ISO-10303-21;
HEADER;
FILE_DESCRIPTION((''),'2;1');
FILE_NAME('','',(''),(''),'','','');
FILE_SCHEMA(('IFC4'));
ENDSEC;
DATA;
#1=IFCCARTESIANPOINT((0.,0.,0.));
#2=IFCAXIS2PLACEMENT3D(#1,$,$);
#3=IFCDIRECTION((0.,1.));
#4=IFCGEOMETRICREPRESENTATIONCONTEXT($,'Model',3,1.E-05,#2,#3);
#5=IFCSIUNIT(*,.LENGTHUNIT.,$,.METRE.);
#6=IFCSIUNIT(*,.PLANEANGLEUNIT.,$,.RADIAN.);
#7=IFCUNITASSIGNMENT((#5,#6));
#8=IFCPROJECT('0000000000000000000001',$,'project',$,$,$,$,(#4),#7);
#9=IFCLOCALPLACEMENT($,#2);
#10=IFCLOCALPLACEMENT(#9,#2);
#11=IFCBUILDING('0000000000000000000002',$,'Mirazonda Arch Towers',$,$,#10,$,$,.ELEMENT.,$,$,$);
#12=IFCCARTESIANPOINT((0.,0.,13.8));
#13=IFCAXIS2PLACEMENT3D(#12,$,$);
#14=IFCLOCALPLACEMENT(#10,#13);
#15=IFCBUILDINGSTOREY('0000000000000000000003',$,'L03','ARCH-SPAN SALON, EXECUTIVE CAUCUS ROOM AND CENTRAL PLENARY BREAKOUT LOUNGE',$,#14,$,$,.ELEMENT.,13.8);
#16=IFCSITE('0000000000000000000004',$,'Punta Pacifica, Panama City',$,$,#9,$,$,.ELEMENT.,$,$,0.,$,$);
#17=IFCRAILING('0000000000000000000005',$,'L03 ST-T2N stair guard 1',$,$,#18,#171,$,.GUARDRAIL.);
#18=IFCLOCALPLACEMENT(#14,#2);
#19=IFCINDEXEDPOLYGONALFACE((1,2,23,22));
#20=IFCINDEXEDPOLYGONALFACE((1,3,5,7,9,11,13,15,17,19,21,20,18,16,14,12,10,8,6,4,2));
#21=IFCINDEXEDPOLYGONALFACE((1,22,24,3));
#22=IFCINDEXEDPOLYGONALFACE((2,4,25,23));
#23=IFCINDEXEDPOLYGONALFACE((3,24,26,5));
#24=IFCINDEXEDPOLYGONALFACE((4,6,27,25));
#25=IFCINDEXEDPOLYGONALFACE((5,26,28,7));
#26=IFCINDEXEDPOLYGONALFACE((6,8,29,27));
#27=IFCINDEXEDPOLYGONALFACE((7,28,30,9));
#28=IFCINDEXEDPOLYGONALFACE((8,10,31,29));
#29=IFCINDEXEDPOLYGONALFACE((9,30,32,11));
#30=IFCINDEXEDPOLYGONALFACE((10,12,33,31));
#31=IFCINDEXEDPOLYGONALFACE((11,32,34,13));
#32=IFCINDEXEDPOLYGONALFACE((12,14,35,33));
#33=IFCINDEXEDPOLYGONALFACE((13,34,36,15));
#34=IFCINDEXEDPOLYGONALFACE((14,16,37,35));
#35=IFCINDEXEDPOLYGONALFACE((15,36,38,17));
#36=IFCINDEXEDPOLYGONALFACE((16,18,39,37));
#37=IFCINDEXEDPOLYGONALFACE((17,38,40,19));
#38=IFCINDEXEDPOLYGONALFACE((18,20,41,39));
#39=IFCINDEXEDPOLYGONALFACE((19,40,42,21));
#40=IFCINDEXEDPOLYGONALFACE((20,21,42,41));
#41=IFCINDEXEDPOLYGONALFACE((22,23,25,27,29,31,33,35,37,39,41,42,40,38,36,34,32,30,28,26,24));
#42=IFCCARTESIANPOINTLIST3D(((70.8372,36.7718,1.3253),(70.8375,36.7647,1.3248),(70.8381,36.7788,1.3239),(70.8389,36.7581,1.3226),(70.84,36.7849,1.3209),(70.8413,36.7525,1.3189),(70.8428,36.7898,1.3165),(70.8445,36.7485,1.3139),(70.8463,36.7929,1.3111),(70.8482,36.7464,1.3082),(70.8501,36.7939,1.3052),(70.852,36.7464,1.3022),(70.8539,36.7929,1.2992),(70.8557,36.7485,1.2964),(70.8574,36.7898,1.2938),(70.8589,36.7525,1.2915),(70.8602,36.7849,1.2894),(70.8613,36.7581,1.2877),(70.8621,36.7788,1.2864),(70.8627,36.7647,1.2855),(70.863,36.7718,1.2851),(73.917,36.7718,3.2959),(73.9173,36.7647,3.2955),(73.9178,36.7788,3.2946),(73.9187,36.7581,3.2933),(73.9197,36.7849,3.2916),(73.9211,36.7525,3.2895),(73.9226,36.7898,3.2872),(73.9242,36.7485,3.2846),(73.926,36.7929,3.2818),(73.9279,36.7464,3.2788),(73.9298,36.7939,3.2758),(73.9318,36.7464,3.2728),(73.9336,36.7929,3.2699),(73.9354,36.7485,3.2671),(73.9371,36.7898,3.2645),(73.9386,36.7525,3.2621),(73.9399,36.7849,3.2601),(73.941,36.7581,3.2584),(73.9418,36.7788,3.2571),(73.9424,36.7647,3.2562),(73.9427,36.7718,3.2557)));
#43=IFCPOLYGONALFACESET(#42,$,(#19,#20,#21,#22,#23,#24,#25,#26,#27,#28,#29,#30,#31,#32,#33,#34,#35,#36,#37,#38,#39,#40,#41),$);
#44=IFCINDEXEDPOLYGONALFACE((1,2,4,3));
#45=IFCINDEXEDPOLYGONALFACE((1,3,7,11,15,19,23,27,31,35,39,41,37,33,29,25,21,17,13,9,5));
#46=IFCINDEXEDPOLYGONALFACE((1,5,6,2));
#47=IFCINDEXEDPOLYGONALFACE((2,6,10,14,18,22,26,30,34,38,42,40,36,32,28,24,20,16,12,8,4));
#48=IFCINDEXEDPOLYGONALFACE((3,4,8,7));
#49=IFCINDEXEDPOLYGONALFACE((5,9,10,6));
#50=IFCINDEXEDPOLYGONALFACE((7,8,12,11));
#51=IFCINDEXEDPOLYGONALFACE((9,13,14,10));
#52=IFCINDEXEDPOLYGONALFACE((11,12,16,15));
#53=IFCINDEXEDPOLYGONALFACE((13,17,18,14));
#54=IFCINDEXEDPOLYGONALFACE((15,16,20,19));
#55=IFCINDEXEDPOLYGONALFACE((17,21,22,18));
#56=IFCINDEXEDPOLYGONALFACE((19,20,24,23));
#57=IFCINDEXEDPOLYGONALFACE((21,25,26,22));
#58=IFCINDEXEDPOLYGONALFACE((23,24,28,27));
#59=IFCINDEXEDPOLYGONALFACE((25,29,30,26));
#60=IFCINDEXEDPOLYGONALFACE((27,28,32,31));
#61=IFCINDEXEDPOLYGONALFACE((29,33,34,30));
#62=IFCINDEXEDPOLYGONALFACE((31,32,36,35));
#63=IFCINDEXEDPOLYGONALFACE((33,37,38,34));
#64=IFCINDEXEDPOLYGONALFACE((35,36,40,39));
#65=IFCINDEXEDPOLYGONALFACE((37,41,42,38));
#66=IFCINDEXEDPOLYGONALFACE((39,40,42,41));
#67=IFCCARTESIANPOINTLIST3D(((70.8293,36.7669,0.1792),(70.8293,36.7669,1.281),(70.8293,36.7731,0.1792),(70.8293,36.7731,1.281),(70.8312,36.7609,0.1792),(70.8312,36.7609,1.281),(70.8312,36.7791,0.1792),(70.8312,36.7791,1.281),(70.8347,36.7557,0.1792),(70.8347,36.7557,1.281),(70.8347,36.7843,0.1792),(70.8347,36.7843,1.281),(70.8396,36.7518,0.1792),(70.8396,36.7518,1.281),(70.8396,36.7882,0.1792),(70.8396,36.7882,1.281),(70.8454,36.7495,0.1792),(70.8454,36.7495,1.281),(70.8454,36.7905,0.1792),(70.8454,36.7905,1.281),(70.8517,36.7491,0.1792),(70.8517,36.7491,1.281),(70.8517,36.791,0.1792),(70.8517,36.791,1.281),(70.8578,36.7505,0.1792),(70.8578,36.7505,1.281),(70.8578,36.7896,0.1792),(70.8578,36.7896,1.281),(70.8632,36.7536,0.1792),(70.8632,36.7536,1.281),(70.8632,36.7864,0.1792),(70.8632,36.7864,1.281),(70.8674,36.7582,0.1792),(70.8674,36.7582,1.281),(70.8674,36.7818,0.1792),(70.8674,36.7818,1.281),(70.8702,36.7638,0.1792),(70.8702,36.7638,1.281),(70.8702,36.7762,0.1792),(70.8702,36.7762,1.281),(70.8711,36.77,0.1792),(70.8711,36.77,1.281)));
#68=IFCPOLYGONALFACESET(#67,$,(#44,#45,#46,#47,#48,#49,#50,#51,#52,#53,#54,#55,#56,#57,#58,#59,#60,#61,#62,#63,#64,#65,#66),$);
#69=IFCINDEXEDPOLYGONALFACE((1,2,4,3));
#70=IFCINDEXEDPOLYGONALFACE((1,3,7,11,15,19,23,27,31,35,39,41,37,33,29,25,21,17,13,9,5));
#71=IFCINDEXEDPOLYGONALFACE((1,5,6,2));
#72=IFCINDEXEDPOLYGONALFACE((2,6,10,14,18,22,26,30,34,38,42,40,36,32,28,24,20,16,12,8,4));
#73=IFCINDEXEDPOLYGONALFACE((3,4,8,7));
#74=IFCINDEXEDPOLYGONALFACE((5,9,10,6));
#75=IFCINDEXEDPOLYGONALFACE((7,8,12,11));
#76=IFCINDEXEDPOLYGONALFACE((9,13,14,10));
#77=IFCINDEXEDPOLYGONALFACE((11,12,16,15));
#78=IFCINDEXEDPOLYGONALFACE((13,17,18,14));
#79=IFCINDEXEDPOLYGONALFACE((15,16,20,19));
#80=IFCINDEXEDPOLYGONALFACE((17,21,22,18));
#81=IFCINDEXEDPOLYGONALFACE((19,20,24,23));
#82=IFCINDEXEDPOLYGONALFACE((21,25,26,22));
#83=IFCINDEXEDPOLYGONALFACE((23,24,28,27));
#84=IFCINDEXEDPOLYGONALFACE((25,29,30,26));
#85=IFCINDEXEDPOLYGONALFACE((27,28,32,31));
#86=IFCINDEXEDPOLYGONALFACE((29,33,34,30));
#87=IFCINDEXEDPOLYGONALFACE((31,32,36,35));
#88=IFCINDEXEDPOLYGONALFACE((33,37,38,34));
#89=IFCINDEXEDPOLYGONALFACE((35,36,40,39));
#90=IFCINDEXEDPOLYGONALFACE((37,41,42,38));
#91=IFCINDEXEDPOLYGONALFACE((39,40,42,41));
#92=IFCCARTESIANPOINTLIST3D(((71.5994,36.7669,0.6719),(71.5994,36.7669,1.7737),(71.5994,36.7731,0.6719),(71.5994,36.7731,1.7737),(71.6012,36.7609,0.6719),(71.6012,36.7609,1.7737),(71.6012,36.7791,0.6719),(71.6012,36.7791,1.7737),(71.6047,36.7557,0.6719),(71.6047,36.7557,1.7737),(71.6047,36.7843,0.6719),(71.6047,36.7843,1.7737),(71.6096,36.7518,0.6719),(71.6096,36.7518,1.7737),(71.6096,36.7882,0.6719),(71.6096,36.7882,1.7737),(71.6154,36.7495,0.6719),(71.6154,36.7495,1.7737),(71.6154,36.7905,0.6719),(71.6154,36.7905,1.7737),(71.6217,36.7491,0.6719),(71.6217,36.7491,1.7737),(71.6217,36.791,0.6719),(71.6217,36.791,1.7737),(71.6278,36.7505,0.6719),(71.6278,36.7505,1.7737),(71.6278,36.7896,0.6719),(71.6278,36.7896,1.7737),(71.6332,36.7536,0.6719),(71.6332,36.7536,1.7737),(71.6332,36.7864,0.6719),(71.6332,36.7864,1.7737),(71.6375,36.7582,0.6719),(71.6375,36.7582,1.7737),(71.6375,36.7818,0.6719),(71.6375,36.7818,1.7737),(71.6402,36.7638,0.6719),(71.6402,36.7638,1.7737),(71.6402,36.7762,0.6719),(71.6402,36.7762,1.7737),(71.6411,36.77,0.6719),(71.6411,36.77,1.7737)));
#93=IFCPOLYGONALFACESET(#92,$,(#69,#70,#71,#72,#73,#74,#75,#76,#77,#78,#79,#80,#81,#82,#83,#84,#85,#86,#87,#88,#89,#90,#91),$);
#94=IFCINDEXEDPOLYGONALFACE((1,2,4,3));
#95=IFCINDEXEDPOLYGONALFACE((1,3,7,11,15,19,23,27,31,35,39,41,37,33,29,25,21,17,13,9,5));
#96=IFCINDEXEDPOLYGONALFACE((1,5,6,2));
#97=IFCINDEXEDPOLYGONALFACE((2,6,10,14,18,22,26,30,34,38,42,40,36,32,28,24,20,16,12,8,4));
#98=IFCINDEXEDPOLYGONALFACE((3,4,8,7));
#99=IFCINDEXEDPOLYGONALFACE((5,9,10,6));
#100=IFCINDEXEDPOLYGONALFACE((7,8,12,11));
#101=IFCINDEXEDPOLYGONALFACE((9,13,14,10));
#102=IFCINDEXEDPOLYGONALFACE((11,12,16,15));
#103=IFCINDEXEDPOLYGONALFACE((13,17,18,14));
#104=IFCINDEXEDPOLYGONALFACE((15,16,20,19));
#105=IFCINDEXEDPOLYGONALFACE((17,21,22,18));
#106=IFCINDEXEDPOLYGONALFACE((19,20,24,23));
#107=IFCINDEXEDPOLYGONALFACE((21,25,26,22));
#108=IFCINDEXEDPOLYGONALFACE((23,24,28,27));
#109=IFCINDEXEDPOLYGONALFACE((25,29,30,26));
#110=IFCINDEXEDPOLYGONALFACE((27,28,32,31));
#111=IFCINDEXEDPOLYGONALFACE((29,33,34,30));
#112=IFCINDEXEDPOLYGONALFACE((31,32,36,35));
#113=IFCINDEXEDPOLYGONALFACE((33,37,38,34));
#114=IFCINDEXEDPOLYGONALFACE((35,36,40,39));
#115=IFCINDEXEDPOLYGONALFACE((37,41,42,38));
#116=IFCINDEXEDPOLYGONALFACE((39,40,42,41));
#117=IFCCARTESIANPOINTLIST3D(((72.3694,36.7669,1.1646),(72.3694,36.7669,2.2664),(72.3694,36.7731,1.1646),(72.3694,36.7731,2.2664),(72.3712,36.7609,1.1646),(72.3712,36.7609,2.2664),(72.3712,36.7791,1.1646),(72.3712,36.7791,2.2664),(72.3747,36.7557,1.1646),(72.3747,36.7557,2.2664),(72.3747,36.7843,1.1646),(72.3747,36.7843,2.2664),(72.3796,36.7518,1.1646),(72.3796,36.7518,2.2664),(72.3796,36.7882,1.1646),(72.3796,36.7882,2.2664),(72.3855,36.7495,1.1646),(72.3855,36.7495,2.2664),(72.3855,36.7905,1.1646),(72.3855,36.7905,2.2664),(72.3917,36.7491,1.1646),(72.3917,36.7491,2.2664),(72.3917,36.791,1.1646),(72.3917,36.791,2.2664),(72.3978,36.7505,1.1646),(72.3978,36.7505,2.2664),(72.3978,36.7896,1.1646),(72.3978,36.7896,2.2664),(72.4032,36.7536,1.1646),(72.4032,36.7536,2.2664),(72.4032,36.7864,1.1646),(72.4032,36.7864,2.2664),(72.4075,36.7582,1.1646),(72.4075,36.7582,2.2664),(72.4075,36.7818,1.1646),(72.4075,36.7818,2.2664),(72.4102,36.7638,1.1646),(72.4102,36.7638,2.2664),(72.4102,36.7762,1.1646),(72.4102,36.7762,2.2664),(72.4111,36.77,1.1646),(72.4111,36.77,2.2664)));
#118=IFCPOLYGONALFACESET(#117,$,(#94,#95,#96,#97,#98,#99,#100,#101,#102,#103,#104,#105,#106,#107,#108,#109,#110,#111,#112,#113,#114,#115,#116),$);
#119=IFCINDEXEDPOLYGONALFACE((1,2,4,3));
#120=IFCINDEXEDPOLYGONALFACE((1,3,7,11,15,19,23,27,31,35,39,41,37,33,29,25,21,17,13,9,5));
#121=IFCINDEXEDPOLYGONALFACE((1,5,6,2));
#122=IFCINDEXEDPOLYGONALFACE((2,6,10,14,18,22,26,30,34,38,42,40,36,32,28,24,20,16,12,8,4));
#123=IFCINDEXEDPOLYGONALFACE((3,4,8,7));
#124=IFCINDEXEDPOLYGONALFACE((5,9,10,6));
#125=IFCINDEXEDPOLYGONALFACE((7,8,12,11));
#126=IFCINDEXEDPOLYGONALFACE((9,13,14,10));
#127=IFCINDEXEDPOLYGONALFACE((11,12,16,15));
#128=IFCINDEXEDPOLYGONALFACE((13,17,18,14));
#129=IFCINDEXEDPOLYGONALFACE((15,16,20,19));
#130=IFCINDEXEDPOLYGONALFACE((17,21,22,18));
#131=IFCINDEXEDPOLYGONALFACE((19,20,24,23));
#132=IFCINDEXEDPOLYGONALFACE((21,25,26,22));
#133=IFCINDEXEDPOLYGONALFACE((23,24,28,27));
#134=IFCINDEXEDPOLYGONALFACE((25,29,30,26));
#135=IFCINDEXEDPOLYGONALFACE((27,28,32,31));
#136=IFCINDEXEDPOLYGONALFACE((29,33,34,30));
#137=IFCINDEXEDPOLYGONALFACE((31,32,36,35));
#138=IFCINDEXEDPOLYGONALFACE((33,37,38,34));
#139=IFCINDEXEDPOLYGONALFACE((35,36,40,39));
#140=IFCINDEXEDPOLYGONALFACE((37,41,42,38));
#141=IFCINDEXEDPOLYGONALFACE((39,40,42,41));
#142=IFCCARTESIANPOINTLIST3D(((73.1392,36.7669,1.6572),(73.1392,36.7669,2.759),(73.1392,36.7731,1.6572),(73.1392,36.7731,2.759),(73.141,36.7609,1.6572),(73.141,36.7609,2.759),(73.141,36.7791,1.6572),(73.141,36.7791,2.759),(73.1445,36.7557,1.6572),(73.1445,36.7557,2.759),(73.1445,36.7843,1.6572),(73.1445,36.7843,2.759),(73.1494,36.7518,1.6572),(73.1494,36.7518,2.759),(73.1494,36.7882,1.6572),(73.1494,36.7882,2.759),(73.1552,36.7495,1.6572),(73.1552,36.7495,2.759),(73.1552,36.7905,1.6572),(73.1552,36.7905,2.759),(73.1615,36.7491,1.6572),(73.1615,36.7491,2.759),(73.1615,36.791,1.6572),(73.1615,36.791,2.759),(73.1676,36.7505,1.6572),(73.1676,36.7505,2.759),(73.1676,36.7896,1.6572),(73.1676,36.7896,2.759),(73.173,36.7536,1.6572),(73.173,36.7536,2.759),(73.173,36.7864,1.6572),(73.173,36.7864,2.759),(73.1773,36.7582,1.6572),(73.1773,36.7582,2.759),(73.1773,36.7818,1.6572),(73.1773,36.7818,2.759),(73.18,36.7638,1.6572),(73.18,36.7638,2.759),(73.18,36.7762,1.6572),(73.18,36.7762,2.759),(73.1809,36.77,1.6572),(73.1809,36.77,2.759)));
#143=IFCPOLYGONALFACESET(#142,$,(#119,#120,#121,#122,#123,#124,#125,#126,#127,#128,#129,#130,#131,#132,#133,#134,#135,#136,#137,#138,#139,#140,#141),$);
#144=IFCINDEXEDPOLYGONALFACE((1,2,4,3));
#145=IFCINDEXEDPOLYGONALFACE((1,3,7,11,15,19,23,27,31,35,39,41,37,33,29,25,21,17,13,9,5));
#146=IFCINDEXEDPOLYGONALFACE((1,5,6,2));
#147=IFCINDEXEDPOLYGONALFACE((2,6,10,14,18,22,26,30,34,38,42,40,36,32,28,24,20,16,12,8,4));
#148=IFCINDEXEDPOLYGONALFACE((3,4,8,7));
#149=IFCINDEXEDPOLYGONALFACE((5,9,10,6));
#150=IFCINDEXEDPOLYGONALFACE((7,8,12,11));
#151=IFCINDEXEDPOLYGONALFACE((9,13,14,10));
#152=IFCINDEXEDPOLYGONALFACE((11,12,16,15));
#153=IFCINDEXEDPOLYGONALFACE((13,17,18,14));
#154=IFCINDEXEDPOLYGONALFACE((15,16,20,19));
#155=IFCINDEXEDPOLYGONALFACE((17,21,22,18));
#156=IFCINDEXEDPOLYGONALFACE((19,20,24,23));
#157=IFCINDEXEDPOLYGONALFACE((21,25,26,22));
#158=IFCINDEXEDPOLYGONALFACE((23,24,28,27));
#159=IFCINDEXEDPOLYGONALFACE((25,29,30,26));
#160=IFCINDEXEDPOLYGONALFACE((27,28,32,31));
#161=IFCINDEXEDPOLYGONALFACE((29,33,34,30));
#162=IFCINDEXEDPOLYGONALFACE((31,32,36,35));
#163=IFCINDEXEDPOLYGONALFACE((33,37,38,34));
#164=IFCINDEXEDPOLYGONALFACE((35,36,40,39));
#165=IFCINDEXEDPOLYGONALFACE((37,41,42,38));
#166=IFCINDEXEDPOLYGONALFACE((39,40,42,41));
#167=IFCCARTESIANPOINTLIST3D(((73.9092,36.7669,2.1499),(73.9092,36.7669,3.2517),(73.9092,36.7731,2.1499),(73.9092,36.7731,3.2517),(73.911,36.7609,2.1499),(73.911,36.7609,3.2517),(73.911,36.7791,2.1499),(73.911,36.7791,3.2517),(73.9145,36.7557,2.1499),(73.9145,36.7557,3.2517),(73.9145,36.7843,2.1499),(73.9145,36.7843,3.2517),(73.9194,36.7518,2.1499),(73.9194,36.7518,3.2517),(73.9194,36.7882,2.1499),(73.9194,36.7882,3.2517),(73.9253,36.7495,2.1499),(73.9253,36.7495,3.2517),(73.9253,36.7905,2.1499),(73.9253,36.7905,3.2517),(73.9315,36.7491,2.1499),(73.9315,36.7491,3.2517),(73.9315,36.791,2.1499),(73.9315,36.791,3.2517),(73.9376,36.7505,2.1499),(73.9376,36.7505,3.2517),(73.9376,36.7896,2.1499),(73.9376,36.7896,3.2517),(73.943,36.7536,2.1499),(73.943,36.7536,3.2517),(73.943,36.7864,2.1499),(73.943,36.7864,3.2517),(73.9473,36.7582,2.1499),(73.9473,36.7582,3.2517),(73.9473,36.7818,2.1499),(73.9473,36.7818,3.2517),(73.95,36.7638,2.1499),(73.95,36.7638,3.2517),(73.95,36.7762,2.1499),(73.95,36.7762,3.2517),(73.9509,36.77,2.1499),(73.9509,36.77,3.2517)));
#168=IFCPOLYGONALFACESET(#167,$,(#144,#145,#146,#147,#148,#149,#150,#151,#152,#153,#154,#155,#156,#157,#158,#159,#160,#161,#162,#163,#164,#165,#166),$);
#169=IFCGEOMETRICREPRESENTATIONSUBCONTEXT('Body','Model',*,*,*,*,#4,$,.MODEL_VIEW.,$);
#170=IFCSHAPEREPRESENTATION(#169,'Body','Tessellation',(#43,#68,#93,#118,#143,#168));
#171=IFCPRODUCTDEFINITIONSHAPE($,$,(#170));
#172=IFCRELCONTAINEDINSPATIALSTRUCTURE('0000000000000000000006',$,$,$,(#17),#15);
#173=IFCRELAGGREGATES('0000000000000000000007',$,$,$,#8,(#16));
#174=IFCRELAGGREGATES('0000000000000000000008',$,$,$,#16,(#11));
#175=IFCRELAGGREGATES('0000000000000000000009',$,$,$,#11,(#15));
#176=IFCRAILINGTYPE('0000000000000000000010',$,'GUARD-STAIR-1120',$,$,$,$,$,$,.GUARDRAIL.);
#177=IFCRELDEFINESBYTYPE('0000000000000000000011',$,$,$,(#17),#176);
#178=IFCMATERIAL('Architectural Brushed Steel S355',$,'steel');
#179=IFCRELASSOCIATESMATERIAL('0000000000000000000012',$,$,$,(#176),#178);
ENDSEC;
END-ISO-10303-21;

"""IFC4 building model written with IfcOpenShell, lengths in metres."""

from ifc_helpers import new_model, si_unit, direction, frame, origin, origin_2d, place, context, subcontext, project, spatial, circle, extrude, material, type_object, element, save


model = new_model("IFC4")

# Units and contexts
model_context = context("Model", 3, precision=1e-05, world=origin(), true_north=direction((0.0, 1.0)))
body_context = subcontext(model_context, "Body", "Model", "MODEL_VIEW")
ifc_project = project(units=[si_unit("LENGTHUNIT", "METRE"), si_unit("PLANEANGLEUNIT", "RADIAN")], contexts=[model_context])

# Site, building, storey
site_placement = place(None, origin())
site = spatial("IfcSite", under=ifc_project, at=site_placement, Name="Punta Pacifica, Panama City", CompositionType="ELEMENT", RefElevation=0.0)
building_placement = place(site_placement, origin())
building = spatial("IfcBuilding", under=site, at=building_placement, Name="Mirazonda Arch Towers", CompositionType="ELEMENT")
storey_placement = place(building_placement, frame((0.0, 0.0, 13.8)))
storey = spatial("IfcBuildingStorey", under=building, at=storey_placement, Name="L03", Description="ARCH-SPAN SALON, EXECUTIVE CAUCUS ROOM AND CENTRAL PLENARY BREAKOUT LOUNGE", CompositionType="ELEMENT", Elevation=13.8)

# Shared definitions
ifc_material_1 = material(Name="Architectural Brushed Steel S355", Category="steel")

# Railing
railing_type_1 = type_object("IfcRailingType", Name="GUARD-STAIR-1120", PredefinedType="GUARDRAIL", material=ifc_material_1)
railing_1_placement = place(storey_placement, frame((70.8501, 36.77, 0.1792)))
element("IfcRailing", 1, at=railing_1_placement, inside=storey, type_object=railing_type_1, Name="L03 ST-T2N stair guard 1", PredefinedType="GUARDRAIL", context=body_context, shape_type="SweptSolid", body=[
    extrude(circle(Radius=0.0239, at=origin_2d()), frame((0.0, 0.0, 1.126), z_axis=(0.84232, 0.0, 0.538978), x_axis=(0.0, 1.0, 0.0)), (0.0, 0.0, 1.0), 3.6562),
    extrude(circle(Radius=0.021, at=origin_2d()), origin(), (0.0, 0.0, 1.0), 1.1018),
    extrude(circle(Radius=0.021, at=origin_2d()), frame((0.77, 0.0, 0.4927)), (0.0, 0.0, 1.0), 1.1018),
    extrude(circle(Radius=0.021, at=origin_2d()), frame((1.54, 0.0, 0.9854)), (0.0, 0.0, 1.0), 1.1018),
    extrude(circle(Radius=0.021, at=origin_2d()), frame((2.3098, 0.0, 1.478)), (0.0, 0.0, 1.0), 1.1018),
    extrude(circle(Radius=0.021, at=origin_2d()), frame((3.0798, 0.0, 1.9707)), (0.0, 0.0, 1.0), 1.1018),
])

save(model, "model.ifc")
